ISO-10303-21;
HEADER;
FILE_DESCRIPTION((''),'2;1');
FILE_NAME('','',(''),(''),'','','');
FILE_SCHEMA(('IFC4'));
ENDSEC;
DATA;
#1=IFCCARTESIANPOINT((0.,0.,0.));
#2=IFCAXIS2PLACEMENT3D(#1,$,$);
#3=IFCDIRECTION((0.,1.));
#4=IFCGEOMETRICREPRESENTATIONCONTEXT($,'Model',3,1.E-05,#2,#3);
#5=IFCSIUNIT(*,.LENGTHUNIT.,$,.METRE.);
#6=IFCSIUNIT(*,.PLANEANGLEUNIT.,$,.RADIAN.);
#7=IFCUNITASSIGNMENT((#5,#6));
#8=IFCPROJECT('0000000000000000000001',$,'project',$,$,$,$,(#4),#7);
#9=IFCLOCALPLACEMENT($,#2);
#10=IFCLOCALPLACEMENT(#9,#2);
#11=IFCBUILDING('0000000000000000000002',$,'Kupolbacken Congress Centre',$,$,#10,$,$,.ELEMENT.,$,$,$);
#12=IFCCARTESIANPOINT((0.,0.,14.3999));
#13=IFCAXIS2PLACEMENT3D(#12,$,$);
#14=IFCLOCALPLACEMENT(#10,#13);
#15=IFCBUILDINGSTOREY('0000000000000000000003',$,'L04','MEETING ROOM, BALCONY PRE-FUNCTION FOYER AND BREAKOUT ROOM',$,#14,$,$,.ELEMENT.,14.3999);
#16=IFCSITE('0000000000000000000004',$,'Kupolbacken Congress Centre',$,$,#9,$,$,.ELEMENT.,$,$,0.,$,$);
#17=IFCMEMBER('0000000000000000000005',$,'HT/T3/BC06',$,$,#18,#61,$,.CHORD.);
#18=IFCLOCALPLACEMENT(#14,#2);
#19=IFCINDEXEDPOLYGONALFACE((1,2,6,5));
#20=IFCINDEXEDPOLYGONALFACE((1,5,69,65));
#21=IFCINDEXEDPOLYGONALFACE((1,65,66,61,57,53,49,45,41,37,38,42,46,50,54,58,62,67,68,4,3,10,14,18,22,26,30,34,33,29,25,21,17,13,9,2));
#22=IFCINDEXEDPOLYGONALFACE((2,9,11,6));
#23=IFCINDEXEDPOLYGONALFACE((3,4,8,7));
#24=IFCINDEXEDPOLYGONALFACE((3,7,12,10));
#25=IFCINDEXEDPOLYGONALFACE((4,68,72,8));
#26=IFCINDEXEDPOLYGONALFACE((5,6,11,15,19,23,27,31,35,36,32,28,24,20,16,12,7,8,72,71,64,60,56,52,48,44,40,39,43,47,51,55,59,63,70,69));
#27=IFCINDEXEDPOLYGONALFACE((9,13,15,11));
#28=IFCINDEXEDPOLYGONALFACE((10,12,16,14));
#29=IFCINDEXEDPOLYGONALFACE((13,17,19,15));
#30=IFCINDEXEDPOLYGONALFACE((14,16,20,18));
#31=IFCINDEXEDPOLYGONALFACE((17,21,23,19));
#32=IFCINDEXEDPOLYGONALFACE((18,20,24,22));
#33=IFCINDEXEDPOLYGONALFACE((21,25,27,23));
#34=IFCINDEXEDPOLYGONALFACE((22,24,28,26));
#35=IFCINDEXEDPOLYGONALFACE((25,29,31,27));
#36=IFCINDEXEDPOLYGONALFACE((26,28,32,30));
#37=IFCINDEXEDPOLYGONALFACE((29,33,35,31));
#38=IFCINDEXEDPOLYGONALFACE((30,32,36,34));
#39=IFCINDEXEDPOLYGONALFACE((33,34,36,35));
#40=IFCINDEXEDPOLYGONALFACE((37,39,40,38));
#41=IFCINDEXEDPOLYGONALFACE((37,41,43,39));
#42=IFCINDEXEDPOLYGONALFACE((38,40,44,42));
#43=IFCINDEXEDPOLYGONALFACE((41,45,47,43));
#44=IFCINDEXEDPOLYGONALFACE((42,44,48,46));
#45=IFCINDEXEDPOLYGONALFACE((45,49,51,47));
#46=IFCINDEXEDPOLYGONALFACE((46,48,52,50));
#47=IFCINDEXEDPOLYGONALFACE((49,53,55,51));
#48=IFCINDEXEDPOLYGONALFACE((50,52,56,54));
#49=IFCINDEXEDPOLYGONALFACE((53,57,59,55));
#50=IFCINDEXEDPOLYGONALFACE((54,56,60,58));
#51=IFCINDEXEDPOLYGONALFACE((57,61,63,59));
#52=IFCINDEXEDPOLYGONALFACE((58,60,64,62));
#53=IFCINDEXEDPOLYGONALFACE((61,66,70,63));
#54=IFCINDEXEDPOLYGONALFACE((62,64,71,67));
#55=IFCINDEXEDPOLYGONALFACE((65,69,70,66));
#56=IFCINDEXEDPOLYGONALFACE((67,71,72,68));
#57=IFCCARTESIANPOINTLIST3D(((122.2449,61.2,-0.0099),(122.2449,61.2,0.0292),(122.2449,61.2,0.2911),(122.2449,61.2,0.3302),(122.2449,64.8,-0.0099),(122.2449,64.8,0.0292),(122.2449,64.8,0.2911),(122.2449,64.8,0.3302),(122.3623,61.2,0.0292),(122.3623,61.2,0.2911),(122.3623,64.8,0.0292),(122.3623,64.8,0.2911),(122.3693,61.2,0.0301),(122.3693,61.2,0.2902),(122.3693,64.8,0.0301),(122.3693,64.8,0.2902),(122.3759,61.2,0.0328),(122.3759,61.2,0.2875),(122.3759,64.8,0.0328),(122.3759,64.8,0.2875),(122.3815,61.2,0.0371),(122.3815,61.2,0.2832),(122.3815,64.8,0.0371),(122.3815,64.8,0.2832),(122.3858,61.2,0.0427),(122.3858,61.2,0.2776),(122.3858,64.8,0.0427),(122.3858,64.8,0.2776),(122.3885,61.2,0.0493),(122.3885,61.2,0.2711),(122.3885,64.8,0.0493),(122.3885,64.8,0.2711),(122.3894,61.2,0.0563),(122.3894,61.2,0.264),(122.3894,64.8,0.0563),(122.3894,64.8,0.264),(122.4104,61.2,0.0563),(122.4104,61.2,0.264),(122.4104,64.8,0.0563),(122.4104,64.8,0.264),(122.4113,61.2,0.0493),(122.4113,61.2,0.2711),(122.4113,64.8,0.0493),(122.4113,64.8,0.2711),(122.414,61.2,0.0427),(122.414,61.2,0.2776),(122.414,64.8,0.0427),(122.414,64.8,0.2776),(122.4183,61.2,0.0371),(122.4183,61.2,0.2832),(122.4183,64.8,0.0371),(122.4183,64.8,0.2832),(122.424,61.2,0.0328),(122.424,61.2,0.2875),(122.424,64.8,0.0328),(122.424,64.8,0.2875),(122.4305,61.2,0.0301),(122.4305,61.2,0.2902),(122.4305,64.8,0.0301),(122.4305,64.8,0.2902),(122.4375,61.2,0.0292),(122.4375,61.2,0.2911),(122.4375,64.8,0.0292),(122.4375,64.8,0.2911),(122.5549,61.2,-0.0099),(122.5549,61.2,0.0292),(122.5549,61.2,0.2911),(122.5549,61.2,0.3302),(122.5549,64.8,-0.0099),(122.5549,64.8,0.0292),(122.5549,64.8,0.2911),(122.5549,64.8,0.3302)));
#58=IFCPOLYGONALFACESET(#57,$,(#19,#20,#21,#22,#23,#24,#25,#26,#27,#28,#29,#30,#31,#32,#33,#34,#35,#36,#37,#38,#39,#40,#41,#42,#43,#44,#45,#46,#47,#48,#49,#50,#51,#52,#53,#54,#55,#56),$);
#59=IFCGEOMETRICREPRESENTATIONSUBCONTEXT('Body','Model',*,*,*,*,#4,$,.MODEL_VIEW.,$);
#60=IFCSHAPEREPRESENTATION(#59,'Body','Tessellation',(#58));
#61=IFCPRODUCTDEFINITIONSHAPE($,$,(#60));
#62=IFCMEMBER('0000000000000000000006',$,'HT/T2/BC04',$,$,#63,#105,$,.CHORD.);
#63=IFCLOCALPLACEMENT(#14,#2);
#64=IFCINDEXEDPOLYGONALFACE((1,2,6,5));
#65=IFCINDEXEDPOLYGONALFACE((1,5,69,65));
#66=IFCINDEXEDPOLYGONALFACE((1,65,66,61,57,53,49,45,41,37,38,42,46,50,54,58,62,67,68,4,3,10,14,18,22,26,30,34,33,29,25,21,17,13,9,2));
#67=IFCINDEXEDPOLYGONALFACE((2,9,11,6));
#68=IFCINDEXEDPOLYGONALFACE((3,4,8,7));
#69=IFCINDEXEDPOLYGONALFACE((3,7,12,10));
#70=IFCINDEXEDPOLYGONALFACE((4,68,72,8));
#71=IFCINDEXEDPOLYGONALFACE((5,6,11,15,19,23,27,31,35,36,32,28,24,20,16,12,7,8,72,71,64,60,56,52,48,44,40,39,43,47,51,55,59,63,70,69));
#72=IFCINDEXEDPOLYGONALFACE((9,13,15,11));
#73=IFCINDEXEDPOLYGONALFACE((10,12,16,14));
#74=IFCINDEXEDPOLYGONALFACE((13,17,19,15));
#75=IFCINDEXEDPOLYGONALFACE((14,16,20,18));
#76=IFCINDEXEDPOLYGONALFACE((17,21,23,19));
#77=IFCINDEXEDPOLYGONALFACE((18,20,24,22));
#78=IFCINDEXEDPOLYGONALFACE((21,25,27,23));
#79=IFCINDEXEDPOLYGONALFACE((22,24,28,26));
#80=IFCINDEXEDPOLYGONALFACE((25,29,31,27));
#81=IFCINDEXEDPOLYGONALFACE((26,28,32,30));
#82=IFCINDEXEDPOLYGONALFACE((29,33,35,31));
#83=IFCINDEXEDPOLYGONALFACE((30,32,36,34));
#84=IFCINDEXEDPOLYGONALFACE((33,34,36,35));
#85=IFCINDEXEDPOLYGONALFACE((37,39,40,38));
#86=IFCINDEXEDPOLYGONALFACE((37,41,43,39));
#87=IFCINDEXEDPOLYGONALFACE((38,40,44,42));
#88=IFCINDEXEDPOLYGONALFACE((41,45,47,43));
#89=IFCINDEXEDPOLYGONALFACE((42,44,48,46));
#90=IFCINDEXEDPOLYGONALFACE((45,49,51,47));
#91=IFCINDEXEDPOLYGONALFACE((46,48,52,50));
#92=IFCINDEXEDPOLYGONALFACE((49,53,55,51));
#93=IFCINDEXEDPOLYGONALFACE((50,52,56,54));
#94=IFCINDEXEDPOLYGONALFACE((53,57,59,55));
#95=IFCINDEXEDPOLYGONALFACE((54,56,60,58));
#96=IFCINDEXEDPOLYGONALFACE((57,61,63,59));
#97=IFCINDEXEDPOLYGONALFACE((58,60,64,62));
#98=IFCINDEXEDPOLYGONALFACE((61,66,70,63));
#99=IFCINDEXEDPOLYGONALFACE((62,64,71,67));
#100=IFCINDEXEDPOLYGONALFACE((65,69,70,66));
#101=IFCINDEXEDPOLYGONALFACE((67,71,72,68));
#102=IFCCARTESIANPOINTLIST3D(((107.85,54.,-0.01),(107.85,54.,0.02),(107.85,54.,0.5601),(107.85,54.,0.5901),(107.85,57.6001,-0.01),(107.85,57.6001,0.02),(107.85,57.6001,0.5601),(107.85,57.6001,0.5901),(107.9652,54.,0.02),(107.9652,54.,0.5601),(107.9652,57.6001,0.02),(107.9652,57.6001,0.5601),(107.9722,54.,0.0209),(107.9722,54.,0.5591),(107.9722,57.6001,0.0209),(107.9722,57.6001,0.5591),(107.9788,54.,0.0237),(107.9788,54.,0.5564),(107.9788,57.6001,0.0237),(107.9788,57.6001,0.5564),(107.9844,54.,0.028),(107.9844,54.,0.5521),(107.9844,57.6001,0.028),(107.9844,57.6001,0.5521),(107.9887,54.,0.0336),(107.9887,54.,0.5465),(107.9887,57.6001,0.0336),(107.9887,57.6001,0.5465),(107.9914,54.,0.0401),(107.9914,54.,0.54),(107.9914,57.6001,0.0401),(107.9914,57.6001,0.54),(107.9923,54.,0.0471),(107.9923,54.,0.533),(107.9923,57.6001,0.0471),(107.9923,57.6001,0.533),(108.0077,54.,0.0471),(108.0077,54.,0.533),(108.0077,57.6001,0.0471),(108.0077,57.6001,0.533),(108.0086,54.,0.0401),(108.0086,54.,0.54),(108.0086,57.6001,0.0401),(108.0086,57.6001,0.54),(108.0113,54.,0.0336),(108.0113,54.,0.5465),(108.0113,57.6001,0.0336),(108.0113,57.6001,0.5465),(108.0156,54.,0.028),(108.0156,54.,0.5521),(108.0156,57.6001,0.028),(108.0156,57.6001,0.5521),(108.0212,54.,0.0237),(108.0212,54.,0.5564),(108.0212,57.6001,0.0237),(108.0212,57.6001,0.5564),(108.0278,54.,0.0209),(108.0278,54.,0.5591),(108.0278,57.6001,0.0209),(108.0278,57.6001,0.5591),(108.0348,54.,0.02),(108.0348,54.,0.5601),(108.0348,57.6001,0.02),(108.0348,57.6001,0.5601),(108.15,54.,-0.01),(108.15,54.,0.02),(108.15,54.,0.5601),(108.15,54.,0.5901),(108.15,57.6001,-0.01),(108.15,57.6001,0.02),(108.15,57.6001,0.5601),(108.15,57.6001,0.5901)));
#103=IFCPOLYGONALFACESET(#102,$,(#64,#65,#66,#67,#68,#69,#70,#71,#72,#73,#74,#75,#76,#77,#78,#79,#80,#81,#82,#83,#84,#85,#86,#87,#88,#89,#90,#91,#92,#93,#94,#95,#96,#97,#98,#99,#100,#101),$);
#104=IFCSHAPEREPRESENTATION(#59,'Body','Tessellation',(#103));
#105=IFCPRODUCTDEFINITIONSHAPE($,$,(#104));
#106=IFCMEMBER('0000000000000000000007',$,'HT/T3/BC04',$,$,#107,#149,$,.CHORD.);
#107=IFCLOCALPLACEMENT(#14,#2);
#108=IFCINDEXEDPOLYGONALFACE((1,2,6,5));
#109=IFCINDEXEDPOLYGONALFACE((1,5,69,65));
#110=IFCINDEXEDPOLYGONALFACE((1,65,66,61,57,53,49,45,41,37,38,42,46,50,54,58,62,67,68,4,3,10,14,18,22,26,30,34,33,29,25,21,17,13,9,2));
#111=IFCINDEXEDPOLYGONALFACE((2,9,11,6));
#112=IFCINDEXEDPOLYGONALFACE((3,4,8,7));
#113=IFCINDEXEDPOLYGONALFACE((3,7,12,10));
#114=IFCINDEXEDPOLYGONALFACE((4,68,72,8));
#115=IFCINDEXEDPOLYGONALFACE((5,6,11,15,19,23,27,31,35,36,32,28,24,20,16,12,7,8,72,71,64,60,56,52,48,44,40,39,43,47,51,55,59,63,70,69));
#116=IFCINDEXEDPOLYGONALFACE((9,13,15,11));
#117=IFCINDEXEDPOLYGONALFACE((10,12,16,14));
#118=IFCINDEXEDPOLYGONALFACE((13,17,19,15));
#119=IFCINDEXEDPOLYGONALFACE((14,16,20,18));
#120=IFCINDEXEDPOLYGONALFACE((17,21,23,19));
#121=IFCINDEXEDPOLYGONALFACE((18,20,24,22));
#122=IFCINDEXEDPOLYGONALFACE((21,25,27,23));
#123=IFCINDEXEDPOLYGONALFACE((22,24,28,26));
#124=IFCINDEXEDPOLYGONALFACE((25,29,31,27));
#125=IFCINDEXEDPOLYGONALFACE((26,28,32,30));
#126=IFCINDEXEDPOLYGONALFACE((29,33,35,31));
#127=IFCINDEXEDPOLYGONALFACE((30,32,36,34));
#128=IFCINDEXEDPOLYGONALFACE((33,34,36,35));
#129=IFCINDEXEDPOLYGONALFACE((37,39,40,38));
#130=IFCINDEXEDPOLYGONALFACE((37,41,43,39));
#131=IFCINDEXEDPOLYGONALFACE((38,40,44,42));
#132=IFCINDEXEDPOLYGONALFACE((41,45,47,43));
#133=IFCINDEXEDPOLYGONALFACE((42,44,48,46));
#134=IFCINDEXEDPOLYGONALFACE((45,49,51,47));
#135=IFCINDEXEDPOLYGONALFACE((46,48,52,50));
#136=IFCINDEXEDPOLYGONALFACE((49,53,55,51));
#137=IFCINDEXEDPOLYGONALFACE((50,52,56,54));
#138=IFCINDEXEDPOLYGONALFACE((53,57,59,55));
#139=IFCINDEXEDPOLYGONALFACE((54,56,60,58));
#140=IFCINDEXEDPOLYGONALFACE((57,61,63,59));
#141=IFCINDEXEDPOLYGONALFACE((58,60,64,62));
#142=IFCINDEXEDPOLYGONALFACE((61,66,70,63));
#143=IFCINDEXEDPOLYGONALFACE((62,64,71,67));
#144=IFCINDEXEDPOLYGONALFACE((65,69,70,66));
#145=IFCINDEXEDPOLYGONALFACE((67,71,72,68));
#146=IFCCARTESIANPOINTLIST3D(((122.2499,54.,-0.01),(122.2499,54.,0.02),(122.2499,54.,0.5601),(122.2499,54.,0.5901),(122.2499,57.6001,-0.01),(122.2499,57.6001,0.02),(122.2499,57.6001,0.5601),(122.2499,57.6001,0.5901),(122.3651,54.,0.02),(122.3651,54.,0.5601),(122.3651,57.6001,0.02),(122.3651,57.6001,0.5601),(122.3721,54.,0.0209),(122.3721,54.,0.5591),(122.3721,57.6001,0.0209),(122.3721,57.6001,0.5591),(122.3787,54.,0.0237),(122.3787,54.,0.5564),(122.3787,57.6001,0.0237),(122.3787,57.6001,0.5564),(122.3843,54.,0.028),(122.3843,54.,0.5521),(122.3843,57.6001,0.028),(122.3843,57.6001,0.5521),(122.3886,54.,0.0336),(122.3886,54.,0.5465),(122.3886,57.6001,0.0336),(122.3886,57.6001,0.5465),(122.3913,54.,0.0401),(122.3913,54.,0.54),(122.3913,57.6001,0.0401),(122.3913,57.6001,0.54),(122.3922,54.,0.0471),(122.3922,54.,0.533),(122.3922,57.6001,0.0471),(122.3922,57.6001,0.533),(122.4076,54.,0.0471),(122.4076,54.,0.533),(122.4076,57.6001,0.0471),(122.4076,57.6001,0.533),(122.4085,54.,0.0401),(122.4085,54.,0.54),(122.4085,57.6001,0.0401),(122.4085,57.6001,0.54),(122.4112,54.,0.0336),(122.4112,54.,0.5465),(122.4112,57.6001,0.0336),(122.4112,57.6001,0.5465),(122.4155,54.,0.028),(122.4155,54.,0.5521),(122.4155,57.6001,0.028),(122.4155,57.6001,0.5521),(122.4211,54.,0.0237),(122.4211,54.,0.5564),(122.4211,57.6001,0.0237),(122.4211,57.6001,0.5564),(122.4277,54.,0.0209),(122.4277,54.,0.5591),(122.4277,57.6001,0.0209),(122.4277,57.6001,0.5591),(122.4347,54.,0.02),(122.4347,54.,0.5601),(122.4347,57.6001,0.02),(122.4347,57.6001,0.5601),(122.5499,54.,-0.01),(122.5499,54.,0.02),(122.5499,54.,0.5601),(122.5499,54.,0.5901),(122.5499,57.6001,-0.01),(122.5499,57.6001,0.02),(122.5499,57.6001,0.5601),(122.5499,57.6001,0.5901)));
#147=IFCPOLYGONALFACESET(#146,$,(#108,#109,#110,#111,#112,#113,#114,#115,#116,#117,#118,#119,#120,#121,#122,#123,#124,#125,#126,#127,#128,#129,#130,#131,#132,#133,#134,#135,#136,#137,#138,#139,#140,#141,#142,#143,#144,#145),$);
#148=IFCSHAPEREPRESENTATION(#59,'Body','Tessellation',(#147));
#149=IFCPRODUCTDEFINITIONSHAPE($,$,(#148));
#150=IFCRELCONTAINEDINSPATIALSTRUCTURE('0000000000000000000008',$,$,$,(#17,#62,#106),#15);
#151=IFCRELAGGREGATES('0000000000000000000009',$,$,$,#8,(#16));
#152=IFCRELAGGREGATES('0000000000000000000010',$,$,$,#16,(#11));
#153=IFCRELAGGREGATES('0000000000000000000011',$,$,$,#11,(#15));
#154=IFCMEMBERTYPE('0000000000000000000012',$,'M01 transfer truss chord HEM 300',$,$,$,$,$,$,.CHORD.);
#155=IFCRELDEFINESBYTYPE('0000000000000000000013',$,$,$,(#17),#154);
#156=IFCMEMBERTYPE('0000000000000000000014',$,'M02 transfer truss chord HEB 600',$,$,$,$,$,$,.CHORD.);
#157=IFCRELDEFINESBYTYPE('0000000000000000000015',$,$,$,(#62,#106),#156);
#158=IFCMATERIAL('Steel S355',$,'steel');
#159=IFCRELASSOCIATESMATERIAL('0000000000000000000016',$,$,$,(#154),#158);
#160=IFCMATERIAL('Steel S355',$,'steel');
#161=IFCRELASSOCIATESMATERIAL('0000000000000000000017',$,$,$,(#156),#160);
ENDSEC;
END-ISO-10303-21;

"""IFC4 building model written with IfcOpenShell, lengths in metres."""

from ifc_helpers import new_model, si_unit, direction, frame, origin, origin_2d, place, context, subcontext, project, spatial, i_section, extrude, material, material_profile, profile_set, type_object, element, save


model = new_model("IFC4")

# Units and contexts
model_context = context("Model", 3, precision=1e-05, world=origin(), true_north=direction((0.0, 1.0)))
body_context = subcontext(model_context, "Body", "Model", "MODEL_VIEW")
ifc_project = project(units=[si_unit("LENGTHUNIT", "METRE"), si_unit("PLANEANGLEUNIT", "RADIAN")], contexts=[model_context])

# Site, building, storey
site_placement = place(None, origin())
site = spatial("IfcSite", under=ifc_project, at=site_placement, Name="Kupolbacken Congress Centre", CompositionType="ELEMENT", RefElevation=0.0)
building_placement = place(site_placement, origin())
building = spatial("IfcBuilding", under=site, at=building_placement, Name="Kupolbacken Congress Centre", CompositionType="ELEMENT")
storey_placement = place(building_placement, frame((0.0, 0.0, 14.3999)))
storey = spatial("IfcBuildingStorey", under=building, at=storey_placement, Name="L04", Description="MEETING ROOM, BALCONY PRE-FUNCTION FOYER AND BREAKOUT ROOM", CompositionType="ELEMENT", Elevation=14.3999)

# Members
ifc_material_1 = material(Name="Steel S355", Category="steel")
ifc_material_profile_1 = material_profile(ifc_material_1, i_section(OverallWidth=0.3101, OverallDepth=0.3401, WebThickness=0.021, FlangeThickness=0.0391, FilletRadius=0.0271, at=origin_2d()), Name="HEM 300")
ifc_profile_set_1 = profile_set([ifc_material_profile_1], Name="Steel S355")
member_type_1 = type_object("IfcMemberType", Name="M01 transfer truss chord HEM 300", PredefinedType="CHORD", material=ifc_profile_set_1)
member_1_placement = place(storey_placement, frame((122.3999, 61.2, 0.1602), z_axis=(0.0, 1.0, 0.0), x_axis=(-1.0, 0.0, 0.0)))
element("IfcMember", 1, at=member_1_placement, inside=storey, type_object=member_type_1, Name="HT/T3/BC06", PredefinedType="CHORD", context=body_context, shape_type="SweptSolid", body=[
    extrude(i_section(OverallWidth=0.3101, OverallDepth=0.3401, WebThickness=0.021, FlangeThickness=0.0391, FilletRadius=0.0271, at=origin_2d()), origin(), (0.0, 0.0, 1.0), 3.6001),
])
ifc_material_2 = material(Name="Steel S355", Category="steel")
ifc_material_profile_2 = material_profile(ifc_material_2, i_section(OverallWidth=0.3, OverallDepth=0.6001, WebThickness=0.0154, FlangeThickness=0.03, FilletRadius=0.0271, at=origin_2d()), Name="HEB 600")
ifc_profile_set_2 = profile_set([ifc_material_profile_2], Name="Steel S355")
member_type_2 = type_object("IfcMemberType", Name="M02 transfer truss chord HEB 600", PredefinedType="CHORD", material=ifc_profile_set_2)
for number, where, z_axis, x_axis, name in (
    (2, (108.0, 54.0, 0.29), (0.0, 1.0, 0.0), (-1.0, 0.0, 0.0), "HT/T2/BC04"),
    (3, (122.3999, 54.0, 0.29), (0.0, 1.0, 0.0), (-1.0, 0.0, 0.0), "HT/T3/BC04"),
):
    element("IfcMember", number, at=place(storey_placement, frame(where, z_axis=z_axis, x_axis=x_axis)), inside=storey, type_object=member_type_2, Name=name, PredefinedType="CHORD", context=body_context, shape_type="SweptSolid", body=[
        extrude(i_section(OverallWidth=0.3, OverallDepth=0.6001, WebThickness=0.0154, FlangeThickness=0.03, FilletRadius=0.0271, at=origin_2d()), origin(), (0.0, 0.0, 1.0), 3.6001),
    ])

save(model, "model.ifc")
